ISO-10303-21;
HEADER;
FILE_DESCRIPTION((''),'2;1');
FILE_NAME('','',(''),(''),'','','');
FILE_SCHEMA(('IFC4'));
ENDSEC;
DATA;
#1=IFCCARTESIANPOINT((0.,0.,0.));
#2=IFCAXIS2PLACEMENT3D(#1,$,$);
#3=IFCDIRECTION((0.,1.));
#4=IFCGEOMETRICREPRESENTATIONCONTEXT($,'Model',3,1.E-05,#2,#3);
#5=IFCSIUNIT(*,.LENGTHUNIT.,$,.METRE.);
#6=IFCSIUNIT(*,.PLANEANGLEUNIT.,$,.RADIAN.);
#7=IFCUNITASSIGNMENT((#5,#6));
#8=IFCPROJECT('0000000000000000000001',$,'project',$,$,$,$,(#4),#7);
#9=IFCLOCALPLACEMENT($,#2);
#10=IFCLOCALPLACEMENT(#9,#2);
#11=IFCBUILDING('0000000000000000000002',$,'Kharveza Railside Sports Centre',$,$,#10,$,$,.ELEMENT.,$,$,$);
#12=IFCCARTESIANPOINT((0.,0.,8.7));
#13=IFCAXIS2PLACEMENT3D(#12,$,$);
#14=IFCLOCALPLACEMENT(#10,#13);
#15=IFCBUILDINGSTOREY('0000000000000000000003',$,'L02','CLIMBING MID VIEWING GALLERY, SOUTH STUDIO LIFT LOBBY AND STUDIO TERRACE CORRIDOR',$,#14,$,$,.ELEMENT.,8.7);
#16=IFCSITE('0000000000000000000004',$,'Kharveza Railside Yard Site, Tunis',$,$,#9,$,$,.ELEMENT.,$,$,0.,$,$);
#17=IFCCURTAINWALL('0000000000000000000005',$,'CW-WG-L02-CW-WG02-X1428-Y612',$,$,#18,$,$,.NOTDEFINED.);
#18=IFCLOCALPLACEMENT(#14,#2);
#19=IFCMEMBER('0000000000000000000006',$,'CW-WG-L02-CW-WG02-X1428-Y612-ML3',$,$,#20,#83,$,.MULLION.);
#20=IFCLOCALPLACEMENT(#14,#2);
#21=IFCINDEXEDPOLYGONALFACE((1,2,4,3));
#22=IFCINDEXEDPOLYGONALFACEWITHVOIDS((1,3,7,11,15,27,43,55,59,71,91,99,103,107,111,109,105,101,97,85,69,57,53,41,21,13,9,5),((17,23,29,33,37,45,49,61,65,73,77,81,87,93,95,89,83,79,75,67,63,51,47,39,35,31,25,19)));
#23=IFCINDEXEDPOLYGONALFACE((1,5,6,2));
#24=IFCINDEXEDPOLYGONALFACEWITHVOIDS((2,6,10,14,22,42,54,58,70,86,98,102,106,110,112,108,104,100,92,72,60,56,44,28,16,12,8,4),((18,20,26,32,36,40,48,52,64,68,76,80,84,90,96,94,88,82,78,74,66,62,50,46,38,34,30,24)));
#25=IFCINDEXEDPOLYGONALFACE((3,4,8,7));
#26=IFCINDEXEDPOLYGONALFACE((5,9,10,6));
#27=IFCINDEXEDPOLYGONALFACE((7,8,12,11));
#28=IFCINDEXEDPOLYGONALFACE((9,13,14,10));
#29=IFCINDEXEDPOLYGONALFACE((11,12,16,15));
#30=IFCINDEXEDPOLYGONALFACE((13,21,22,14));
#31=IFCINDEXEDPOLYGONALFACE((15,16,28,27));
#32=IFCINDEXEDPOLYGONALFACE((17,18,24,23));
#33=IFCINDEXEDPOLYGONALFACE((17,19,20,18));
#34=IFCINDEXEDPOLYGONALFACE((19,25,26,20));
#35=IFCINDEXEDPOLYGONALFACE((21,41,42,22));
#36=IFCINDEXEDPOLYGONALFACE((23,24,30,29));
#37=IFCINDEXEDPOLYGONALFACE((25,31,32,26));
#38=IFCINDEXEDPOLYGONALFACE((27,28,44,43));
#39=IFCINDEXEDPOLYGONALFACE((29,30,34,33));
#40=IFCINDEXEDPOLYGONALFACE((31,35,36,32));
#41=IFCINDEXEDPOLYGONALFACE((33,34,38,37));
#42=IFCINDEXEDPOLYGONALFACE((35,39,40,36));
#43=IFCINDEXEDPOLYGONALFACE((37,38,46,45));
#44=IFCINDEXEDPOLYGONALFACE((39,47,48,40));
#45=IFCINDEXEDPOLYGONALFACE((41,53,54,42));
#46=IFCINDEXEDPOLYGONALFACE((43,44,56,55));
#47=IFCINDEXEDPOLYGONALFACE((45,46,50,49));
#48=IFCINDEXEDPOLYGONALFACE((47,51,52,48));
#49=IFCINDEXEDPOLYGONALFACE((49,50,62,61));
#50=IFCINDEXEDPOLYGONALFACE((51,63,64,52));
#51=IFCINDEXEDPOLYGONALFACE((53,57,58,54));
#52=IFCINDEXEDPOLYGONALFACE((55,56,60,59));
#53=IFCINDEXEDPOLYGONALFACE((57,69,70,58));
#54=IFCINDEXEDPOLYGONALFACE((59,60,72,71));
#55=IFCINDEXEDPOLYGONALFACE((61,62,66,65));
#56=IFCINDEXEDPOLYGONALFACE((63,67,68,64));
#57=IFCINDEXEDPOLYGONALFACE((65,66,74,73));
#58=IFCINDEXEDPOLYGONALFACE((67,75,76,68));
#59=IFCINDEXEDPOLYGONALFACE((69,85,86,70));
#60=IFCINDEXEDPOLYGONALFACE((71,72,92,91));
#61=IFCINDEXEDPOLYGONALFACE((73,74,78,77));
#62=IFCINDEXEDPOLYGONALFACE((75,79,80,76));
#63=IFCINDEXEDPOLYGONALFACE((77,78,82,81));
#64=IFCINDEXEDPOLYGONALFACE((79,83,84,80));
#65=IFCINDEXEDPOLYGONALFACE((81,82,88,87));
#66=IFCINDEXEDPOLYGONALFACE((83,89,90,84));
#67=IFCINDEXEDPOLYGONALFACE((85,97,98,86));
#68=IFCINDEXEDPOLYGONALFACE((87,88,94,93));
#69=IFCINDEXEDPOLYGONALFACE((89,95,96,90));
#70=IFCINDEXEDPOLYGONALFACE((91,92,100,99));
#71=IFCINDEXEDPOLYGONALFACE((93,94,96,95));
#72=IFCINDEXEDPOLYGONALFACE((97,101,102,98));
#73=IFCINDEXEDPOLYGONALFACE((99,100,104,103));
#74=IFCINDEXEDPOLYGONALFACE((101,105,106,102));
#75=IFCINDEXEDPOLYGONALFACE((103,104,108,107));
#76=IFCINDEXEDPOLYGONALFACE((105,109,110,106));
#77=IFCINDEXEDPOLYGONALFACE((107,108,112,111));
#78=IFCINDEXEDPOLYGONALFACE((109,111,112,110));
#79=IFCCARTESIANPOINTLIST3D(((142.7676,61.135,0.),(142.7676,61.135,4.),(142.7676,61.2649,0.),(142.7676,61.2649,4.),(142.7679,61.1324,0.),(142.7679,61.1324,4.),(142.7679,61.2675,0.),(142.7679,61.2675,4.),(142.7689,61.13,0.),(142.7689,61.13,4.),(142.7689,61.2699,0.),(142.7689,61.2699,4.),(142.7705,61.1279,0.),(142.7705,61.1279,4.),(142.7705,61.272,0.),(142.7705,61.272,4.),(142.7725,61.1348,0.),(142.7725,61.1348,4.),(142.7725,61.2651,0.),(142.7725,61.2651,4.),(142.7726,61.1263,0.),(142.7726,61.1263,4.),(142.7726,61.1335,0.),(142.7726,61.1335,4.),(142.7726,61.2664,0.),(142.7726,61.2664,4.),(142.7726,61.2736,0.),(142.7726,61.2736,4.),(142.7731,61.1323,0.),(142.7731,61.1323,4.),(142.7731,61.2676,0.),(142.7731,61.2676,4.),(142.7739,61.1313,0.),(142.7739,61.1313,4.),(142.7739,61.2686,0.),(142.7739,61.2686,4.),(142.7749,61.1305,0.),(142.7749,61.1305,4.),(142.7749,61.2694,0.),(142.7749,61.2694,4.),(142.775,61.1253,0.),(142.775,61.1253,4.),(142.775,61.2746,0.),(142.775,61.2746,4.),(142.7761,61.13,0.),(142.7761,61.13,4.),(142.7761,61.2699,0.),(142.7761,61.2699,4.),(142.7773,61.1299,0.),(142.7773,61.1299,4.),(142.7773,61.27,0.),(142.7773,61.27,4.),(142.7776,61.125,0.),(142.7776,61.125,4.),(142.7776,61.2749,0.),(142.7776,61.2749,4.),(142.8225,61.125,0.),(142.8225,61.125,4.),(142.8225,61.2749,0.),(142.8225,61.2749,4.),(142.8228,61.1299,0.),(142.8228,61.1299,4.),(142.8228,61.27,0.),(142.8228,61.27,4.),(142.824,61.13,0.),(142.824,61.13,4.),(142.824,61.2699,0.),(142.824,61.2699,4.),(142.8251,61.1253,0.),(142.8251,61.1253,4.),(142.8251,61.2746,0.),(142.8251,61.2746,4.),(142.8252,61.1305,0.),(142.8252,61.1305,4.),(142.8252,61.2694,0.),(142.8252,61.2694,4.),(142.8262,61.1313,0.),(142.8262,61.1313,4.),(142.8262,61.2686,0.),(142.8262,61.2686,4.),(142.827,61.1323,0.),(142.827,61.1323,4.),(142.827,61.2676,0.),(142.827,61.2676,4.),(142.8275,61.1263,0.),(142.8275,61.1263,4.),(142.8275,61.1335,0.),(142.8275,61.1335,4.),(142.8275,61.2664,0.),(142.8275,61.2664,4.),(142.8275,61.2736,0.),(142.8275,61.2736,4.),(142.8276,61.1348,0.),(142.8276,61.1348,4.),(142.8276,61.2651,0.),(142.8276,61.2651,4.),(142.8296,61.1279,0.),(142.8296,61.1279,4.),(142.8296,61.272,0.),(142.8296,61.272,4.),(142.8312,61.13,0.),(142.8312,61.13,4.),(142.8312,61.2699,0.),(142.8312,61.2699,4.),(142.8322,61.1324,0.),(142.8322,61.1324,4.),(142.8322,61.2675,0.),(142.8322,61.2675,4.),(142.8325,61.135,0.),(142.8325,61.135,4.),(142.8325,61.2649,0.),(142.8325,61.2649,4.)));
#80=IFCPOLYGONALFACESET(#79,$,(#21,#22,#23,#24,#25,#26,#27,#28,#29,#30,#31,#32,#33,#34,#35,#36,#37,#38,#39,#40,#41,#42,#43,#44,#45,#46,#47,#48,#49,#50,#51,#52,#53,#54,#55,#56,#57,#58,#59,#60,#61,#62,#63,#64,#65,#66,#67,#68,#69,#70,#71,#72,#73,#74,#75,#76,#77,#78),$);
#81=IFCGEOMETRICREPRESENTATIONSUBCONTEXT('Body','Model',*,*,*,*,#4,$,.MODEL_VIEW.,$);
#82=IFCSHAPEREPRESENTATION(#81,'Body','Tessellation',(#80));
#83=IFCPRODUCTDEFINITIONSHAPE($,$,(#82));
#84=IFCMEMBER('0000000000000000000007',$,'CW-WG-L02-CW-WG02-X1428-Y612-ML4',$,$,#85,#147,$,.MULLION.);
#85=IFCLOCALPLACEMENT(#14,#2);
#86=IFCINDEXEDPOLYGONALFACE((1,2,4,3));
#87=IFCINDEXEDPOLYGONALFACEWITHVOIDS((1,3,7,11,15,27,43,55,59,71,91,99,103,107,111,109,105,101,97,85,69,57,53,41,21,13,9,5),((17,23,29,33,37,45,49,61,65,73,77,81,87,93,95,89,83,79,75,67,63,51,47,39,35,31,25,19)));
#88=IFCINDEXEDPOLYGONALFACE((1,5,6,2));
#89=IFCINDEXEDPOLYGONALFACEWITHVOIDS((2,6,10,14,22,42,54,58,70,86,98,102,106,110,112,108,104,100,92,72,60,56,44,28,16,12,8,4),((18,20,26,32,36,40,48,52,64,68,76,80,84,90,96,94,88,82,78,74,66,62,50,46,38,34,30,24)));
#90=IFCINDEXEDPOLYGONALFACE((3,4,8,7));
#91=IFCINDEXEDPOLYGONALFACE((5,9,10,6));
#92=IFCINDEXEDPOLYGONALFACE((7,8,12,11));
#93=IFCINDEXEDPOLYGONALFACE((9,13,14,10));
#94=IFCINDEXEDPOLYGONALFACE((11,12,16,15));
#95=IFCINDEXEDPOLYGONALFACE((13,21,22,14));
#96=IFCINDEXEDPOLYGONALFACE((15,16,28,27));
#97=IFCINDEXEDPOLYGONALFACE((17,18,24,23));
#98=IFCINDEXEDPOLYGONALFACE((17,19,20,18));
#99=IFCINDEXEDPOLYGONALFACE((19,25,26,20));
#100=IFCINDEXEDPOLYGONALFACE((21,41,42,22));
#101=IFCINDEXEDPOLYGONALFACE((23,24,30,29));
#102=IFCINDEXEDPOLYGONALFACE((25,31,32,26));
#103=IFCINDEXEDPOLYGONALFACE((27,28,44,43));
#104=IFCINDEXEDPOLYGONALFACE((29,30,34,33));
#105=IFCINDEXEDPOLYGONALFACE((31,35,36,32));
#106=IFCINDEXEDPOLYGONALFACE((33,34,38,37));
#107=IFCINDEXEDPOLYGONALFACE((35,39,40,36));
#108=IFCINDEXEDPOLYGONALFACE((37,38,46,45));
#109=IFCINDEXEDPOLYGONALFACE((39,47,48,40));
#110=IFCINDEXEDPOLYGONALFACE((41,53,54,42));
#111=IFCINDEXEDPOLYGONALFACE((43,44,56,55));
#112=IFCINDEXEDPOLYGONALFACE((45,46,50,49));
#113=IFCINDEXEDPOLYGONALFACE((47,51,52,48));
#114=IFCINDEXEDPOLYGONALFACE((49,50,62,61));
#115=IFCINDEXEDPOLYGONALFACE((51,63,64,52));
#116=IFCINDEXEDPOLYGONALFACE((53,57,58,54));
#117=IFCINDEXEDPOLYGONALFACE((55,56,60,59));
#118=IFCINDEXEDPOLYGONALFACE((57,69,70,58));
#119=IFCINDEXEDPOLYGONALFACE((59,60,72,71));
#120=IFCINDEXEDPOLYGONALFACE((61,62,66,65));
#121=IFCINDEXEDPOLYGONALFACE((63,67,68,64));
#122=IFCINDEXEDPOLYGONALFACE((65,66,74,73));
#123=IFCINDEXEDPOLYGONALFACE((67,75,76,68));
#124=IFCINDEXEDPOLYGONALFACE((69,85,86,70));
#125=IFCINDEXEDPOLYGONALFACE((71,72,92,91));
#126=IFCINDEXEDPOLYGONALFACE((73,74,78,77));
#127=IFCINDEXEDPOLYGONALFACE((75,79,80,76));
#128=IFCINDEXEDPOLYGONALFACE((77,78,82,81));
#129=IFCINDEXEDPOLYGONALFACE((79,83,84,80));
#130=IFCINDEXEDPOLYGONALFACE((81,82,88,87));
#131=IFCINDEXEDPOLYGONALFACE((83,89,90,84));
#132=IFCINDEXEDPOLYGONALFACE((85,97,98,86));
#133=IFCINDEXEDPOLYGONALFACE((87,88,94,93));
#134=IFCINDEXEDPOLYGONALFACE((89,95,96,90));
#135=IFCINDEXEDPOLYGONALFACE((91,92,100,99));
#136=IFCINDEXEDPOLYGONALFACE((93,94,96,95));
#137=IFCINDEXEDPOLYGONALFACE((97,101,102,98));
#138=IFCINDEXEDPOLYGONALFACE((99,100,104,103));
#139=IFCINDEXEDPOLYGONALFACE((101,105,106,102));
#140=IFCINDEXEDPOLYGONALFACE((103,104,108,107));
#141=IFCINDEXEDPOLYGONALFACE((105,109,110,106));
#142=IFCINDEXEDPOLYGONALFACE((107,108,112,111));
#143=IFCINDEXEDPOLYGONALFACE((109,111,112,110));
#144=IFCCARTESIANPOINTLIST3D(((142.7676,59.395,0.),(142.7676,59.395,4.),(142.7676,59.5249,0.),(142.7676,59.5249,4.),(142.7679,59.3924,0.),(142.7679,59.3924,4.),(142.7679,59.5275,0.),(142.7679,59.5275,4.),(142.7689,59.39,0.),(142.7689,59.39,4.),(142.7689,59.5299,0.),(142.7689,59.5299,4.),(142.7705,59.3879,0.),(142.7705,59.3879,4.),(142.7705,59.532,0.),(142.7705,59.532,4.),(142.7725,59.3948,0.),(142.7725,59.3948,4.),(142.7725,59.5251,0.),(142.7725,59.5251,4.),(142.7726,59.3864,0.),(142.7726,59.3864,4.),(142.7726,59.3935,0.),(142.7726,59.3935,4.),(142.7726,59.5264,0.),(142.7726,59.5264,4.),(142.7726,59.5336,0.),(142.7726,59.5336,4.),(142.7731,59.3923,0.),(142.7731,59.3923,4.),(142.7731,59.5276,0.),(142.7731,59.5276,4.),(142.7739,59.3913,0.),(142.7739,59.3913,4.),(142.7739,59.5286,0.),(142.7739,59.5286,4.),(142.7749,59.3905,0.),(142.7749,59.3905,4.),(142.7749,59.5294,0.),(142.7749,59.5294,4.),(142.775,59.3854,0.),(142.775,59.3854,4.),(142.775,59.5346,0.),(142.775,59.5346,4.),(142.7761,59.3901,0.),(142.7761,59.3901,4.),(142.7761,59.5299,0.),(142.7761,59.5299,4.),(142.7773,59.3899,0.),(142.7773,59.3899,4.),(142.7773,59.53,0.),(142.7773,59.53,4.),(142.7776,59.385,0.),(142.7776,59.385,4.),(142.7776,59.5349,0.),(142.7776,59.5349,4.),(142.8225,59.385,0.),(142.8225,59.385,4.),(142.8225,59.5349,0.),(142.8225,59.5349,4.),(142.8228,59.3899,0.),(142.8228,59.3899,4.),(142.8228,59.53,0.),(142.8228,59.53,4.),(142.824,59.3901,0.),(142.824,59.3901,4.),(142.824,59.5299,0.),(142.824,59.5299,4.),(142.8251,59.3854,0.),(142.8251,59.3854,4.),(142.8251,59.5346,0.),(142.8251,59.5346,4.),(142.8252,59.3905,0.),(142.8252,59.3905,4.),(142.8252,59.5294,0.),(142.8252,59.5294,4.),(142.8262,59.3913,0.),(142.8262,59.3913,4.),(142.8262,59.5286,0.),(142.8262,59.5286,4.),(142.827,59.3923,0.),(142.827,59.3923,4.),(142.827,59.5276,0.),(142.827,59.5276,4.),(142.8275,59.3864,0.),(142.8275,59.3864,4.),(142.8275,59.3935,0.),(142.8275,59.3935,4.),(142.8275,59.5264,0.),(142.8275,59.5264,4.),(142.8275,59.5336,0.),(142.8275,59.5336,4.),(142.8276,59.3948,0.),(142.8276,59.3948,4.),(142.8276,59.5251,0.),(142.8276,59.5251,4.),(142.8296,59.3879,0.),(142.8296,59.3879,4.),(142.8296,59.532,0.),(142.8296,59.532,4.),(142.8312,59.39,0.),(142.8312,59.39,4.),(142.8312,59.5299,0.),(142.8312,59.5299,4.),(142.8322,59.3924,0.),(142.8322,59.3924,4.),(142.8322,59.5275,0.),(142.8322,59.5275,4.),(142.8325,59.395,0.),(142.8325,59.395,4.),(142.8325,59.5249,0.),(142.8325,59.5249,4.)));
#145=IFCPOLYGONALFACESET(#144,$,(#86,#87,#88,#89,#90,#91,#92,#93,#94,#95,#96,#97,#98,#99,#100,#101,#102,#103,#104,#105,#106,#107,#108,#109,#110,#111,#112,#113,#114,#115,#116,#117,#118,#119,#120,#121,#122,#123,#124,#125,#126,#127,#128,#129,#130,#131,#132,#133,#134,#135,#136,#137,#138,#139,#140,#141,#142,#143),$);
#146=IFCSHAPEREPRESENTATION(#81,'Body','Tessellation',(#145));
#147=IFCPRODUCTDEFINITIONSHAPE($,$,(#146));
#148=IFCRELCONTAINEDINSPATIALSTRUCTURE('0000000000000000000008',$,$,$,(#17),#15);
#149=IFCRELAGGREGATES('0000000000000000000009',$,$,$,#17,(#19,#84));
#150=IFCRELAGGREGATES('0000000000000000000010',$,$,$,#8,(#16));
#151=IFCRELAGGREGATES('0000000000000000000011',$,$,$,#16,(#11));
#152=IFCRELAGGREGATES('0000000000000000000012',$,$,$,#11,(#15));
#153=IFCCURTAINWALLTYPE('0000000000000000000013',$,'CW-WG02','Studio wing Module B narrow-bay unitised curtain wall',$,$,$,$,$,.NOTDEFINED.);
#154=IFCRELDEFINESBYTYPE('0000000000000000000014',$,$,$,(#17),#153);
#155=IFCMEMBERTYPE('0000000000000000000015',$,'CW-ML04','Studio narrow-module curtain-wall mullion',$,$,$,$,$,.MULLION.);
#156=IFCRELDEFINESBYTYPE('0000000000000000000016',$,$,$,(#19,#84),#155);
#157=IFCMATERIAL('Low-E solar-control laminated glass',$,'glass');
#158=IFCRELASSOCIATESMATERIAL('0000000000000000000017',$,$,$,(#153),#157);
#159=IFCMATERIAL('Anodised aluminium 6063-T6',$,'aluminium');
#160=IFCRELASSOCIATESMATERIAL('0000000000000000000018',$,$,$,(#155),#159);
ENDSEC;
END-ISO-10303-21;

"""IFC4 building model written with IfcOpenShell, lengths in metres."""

from ifc_helpers import new_model, si_unit, direction, frame, origin, origin_2d, place, context, subcontext, project, spatial, hollow_rectangle, extrude, material, material_profile, profile_set, type_object, element, aggregate, save


model = new_model("IFC4")

# Units and contexts
model_context = context("Model", 3, precision=1e-05, world=origin(), true_north=direction((0.0, 1.0)))
body_context = subcontext(model_context, "Body", "Model", "MODEL_VIEW")
ifc_project = project(units=[si_unit("LENGTHUNIT", "METRE"), si_unit("PLANEANGLEUNIT", "RADIAN")], contexts=[model_context])

# Site, building, storey
site_placement = place(None, origin())
site = spatial("IfcSite", under=ifc_project, at=site_placement, Name="Kharveza Railside Yard Site, Tunis", CompositionType="ELEMENT", RefElevation=0.0)
building_placement = place(site_placement, origin())
building = spatial("IfcBuilding", under=site, at=building_placement, Name="Kharveza Railside Sports Centre", CompositionType="ELEMENT")
storey_placement = place(building_placement, frame((0.0, 0.0, 8.7)))
storey = spatial("IfcBuildingStorey", under=building, at=storey_placement, Name="L02", Description="CLIMBING MID VIEWING GALLERY, SOUTH STUDIO LIFT LOBBY AND STUDIO TERRACE CORRIDOR", CompositionType="ELEMENT", Elevation=8.7)

# Curtain wall, members
ifc_material_1 = material(Name="Low-E solar-control laminated glass", Category="glass")
curtain_wall_type = type_object("IfcCurtainWallType", Name="CW-WG02", Description="Studio wing Module B narrow-bay unitised curtain wall", PredefinedType="NOTDEFINED", material=ifc_material_1)
curtain_wall_placement = place(storey_placement, origin())
curtain_wall = element("IfcCurtainWall", 1, at=curtain_wall_placement, inside=storey, type_object=curtain_wall_type, Name="CW-WG-L02-CW-WG02-X1428-Y612", PredefinedType="NOTDEFINED")
ifc_material_2 = material(Name="Anodised aluminium 6063-T6", Category="aluminium")
ifc_material_profile_1 = material_profile(ifc_material_2, hollow_rectangle(XDim=0.0649, YDim=0.1499, WallThickness=0.0049, InnerFilletRadius=0.0049, OuterFilletRadius=0.01, at=origin_2d()), Name="RHS 65x150x5.0")
ifc_profile_set_1 = profile_set([ifc_material_profile_1], Name="Anodised aluminium 6063-T6")
member_type = type_object("IfcMemberType", Name="CW-ML04", Description="Studio narrow-module curtain-wall mullion", PredefinedType="MULLION", material=ifc_profile_set_1)
member_1_placement = place(storey_placement, frame((142.8, 61.2, 0.0), z_axis=(0.0, 0.0, 1.0), x_axis=(1.0, 0.0, 0.0)))
member_1 = element("IfcMember", 2, at=member_1_placement, type_object=member_type, Name="CW-WG-L02-CW-WG02-X1428-Y612-ML3", PredefinedType="MULLION", context=body_context, shape_type="SweptSolid", body=[
    extrude(hollow_rectangle(XDim=0.0649, YDim=0.1499, WallThickness=0.0049, InnerFilletRadius=0.0049, OuterFilletRadius=0.01, at=origin_2d()), origin(), (0.0, 0.0, 1.0), 4.0),
])
member_2_placement = place(storey_placement, frame((142.8, 59.46, 0.0), z_axis=(0.0, 0.0, 1.0), x_axis=(1.0, 0.0, 0.0)))
member_2 = element("IfcMember", 3, at=member_2_placement, type_object=member_type, Name="CW-WG-L02-CW-WG02-X1428-Y612-ML4", PredefinedType="MULLION", context=body_context, shape_type="SweptSolid", body=[
    extrude(hollow_rectangle(XDim=0.0649, YDim=0.1499, WallThickness=0.0049, InnerFilletRadius=0.0049, OuterFilletRadius=0.01, at=origin_2d()), origin(), (0.0, 0.0, 1.0), 4.0),
])
aggregate(curtain_wall, [member_1, member_2])

save(model, "model.ifc")
